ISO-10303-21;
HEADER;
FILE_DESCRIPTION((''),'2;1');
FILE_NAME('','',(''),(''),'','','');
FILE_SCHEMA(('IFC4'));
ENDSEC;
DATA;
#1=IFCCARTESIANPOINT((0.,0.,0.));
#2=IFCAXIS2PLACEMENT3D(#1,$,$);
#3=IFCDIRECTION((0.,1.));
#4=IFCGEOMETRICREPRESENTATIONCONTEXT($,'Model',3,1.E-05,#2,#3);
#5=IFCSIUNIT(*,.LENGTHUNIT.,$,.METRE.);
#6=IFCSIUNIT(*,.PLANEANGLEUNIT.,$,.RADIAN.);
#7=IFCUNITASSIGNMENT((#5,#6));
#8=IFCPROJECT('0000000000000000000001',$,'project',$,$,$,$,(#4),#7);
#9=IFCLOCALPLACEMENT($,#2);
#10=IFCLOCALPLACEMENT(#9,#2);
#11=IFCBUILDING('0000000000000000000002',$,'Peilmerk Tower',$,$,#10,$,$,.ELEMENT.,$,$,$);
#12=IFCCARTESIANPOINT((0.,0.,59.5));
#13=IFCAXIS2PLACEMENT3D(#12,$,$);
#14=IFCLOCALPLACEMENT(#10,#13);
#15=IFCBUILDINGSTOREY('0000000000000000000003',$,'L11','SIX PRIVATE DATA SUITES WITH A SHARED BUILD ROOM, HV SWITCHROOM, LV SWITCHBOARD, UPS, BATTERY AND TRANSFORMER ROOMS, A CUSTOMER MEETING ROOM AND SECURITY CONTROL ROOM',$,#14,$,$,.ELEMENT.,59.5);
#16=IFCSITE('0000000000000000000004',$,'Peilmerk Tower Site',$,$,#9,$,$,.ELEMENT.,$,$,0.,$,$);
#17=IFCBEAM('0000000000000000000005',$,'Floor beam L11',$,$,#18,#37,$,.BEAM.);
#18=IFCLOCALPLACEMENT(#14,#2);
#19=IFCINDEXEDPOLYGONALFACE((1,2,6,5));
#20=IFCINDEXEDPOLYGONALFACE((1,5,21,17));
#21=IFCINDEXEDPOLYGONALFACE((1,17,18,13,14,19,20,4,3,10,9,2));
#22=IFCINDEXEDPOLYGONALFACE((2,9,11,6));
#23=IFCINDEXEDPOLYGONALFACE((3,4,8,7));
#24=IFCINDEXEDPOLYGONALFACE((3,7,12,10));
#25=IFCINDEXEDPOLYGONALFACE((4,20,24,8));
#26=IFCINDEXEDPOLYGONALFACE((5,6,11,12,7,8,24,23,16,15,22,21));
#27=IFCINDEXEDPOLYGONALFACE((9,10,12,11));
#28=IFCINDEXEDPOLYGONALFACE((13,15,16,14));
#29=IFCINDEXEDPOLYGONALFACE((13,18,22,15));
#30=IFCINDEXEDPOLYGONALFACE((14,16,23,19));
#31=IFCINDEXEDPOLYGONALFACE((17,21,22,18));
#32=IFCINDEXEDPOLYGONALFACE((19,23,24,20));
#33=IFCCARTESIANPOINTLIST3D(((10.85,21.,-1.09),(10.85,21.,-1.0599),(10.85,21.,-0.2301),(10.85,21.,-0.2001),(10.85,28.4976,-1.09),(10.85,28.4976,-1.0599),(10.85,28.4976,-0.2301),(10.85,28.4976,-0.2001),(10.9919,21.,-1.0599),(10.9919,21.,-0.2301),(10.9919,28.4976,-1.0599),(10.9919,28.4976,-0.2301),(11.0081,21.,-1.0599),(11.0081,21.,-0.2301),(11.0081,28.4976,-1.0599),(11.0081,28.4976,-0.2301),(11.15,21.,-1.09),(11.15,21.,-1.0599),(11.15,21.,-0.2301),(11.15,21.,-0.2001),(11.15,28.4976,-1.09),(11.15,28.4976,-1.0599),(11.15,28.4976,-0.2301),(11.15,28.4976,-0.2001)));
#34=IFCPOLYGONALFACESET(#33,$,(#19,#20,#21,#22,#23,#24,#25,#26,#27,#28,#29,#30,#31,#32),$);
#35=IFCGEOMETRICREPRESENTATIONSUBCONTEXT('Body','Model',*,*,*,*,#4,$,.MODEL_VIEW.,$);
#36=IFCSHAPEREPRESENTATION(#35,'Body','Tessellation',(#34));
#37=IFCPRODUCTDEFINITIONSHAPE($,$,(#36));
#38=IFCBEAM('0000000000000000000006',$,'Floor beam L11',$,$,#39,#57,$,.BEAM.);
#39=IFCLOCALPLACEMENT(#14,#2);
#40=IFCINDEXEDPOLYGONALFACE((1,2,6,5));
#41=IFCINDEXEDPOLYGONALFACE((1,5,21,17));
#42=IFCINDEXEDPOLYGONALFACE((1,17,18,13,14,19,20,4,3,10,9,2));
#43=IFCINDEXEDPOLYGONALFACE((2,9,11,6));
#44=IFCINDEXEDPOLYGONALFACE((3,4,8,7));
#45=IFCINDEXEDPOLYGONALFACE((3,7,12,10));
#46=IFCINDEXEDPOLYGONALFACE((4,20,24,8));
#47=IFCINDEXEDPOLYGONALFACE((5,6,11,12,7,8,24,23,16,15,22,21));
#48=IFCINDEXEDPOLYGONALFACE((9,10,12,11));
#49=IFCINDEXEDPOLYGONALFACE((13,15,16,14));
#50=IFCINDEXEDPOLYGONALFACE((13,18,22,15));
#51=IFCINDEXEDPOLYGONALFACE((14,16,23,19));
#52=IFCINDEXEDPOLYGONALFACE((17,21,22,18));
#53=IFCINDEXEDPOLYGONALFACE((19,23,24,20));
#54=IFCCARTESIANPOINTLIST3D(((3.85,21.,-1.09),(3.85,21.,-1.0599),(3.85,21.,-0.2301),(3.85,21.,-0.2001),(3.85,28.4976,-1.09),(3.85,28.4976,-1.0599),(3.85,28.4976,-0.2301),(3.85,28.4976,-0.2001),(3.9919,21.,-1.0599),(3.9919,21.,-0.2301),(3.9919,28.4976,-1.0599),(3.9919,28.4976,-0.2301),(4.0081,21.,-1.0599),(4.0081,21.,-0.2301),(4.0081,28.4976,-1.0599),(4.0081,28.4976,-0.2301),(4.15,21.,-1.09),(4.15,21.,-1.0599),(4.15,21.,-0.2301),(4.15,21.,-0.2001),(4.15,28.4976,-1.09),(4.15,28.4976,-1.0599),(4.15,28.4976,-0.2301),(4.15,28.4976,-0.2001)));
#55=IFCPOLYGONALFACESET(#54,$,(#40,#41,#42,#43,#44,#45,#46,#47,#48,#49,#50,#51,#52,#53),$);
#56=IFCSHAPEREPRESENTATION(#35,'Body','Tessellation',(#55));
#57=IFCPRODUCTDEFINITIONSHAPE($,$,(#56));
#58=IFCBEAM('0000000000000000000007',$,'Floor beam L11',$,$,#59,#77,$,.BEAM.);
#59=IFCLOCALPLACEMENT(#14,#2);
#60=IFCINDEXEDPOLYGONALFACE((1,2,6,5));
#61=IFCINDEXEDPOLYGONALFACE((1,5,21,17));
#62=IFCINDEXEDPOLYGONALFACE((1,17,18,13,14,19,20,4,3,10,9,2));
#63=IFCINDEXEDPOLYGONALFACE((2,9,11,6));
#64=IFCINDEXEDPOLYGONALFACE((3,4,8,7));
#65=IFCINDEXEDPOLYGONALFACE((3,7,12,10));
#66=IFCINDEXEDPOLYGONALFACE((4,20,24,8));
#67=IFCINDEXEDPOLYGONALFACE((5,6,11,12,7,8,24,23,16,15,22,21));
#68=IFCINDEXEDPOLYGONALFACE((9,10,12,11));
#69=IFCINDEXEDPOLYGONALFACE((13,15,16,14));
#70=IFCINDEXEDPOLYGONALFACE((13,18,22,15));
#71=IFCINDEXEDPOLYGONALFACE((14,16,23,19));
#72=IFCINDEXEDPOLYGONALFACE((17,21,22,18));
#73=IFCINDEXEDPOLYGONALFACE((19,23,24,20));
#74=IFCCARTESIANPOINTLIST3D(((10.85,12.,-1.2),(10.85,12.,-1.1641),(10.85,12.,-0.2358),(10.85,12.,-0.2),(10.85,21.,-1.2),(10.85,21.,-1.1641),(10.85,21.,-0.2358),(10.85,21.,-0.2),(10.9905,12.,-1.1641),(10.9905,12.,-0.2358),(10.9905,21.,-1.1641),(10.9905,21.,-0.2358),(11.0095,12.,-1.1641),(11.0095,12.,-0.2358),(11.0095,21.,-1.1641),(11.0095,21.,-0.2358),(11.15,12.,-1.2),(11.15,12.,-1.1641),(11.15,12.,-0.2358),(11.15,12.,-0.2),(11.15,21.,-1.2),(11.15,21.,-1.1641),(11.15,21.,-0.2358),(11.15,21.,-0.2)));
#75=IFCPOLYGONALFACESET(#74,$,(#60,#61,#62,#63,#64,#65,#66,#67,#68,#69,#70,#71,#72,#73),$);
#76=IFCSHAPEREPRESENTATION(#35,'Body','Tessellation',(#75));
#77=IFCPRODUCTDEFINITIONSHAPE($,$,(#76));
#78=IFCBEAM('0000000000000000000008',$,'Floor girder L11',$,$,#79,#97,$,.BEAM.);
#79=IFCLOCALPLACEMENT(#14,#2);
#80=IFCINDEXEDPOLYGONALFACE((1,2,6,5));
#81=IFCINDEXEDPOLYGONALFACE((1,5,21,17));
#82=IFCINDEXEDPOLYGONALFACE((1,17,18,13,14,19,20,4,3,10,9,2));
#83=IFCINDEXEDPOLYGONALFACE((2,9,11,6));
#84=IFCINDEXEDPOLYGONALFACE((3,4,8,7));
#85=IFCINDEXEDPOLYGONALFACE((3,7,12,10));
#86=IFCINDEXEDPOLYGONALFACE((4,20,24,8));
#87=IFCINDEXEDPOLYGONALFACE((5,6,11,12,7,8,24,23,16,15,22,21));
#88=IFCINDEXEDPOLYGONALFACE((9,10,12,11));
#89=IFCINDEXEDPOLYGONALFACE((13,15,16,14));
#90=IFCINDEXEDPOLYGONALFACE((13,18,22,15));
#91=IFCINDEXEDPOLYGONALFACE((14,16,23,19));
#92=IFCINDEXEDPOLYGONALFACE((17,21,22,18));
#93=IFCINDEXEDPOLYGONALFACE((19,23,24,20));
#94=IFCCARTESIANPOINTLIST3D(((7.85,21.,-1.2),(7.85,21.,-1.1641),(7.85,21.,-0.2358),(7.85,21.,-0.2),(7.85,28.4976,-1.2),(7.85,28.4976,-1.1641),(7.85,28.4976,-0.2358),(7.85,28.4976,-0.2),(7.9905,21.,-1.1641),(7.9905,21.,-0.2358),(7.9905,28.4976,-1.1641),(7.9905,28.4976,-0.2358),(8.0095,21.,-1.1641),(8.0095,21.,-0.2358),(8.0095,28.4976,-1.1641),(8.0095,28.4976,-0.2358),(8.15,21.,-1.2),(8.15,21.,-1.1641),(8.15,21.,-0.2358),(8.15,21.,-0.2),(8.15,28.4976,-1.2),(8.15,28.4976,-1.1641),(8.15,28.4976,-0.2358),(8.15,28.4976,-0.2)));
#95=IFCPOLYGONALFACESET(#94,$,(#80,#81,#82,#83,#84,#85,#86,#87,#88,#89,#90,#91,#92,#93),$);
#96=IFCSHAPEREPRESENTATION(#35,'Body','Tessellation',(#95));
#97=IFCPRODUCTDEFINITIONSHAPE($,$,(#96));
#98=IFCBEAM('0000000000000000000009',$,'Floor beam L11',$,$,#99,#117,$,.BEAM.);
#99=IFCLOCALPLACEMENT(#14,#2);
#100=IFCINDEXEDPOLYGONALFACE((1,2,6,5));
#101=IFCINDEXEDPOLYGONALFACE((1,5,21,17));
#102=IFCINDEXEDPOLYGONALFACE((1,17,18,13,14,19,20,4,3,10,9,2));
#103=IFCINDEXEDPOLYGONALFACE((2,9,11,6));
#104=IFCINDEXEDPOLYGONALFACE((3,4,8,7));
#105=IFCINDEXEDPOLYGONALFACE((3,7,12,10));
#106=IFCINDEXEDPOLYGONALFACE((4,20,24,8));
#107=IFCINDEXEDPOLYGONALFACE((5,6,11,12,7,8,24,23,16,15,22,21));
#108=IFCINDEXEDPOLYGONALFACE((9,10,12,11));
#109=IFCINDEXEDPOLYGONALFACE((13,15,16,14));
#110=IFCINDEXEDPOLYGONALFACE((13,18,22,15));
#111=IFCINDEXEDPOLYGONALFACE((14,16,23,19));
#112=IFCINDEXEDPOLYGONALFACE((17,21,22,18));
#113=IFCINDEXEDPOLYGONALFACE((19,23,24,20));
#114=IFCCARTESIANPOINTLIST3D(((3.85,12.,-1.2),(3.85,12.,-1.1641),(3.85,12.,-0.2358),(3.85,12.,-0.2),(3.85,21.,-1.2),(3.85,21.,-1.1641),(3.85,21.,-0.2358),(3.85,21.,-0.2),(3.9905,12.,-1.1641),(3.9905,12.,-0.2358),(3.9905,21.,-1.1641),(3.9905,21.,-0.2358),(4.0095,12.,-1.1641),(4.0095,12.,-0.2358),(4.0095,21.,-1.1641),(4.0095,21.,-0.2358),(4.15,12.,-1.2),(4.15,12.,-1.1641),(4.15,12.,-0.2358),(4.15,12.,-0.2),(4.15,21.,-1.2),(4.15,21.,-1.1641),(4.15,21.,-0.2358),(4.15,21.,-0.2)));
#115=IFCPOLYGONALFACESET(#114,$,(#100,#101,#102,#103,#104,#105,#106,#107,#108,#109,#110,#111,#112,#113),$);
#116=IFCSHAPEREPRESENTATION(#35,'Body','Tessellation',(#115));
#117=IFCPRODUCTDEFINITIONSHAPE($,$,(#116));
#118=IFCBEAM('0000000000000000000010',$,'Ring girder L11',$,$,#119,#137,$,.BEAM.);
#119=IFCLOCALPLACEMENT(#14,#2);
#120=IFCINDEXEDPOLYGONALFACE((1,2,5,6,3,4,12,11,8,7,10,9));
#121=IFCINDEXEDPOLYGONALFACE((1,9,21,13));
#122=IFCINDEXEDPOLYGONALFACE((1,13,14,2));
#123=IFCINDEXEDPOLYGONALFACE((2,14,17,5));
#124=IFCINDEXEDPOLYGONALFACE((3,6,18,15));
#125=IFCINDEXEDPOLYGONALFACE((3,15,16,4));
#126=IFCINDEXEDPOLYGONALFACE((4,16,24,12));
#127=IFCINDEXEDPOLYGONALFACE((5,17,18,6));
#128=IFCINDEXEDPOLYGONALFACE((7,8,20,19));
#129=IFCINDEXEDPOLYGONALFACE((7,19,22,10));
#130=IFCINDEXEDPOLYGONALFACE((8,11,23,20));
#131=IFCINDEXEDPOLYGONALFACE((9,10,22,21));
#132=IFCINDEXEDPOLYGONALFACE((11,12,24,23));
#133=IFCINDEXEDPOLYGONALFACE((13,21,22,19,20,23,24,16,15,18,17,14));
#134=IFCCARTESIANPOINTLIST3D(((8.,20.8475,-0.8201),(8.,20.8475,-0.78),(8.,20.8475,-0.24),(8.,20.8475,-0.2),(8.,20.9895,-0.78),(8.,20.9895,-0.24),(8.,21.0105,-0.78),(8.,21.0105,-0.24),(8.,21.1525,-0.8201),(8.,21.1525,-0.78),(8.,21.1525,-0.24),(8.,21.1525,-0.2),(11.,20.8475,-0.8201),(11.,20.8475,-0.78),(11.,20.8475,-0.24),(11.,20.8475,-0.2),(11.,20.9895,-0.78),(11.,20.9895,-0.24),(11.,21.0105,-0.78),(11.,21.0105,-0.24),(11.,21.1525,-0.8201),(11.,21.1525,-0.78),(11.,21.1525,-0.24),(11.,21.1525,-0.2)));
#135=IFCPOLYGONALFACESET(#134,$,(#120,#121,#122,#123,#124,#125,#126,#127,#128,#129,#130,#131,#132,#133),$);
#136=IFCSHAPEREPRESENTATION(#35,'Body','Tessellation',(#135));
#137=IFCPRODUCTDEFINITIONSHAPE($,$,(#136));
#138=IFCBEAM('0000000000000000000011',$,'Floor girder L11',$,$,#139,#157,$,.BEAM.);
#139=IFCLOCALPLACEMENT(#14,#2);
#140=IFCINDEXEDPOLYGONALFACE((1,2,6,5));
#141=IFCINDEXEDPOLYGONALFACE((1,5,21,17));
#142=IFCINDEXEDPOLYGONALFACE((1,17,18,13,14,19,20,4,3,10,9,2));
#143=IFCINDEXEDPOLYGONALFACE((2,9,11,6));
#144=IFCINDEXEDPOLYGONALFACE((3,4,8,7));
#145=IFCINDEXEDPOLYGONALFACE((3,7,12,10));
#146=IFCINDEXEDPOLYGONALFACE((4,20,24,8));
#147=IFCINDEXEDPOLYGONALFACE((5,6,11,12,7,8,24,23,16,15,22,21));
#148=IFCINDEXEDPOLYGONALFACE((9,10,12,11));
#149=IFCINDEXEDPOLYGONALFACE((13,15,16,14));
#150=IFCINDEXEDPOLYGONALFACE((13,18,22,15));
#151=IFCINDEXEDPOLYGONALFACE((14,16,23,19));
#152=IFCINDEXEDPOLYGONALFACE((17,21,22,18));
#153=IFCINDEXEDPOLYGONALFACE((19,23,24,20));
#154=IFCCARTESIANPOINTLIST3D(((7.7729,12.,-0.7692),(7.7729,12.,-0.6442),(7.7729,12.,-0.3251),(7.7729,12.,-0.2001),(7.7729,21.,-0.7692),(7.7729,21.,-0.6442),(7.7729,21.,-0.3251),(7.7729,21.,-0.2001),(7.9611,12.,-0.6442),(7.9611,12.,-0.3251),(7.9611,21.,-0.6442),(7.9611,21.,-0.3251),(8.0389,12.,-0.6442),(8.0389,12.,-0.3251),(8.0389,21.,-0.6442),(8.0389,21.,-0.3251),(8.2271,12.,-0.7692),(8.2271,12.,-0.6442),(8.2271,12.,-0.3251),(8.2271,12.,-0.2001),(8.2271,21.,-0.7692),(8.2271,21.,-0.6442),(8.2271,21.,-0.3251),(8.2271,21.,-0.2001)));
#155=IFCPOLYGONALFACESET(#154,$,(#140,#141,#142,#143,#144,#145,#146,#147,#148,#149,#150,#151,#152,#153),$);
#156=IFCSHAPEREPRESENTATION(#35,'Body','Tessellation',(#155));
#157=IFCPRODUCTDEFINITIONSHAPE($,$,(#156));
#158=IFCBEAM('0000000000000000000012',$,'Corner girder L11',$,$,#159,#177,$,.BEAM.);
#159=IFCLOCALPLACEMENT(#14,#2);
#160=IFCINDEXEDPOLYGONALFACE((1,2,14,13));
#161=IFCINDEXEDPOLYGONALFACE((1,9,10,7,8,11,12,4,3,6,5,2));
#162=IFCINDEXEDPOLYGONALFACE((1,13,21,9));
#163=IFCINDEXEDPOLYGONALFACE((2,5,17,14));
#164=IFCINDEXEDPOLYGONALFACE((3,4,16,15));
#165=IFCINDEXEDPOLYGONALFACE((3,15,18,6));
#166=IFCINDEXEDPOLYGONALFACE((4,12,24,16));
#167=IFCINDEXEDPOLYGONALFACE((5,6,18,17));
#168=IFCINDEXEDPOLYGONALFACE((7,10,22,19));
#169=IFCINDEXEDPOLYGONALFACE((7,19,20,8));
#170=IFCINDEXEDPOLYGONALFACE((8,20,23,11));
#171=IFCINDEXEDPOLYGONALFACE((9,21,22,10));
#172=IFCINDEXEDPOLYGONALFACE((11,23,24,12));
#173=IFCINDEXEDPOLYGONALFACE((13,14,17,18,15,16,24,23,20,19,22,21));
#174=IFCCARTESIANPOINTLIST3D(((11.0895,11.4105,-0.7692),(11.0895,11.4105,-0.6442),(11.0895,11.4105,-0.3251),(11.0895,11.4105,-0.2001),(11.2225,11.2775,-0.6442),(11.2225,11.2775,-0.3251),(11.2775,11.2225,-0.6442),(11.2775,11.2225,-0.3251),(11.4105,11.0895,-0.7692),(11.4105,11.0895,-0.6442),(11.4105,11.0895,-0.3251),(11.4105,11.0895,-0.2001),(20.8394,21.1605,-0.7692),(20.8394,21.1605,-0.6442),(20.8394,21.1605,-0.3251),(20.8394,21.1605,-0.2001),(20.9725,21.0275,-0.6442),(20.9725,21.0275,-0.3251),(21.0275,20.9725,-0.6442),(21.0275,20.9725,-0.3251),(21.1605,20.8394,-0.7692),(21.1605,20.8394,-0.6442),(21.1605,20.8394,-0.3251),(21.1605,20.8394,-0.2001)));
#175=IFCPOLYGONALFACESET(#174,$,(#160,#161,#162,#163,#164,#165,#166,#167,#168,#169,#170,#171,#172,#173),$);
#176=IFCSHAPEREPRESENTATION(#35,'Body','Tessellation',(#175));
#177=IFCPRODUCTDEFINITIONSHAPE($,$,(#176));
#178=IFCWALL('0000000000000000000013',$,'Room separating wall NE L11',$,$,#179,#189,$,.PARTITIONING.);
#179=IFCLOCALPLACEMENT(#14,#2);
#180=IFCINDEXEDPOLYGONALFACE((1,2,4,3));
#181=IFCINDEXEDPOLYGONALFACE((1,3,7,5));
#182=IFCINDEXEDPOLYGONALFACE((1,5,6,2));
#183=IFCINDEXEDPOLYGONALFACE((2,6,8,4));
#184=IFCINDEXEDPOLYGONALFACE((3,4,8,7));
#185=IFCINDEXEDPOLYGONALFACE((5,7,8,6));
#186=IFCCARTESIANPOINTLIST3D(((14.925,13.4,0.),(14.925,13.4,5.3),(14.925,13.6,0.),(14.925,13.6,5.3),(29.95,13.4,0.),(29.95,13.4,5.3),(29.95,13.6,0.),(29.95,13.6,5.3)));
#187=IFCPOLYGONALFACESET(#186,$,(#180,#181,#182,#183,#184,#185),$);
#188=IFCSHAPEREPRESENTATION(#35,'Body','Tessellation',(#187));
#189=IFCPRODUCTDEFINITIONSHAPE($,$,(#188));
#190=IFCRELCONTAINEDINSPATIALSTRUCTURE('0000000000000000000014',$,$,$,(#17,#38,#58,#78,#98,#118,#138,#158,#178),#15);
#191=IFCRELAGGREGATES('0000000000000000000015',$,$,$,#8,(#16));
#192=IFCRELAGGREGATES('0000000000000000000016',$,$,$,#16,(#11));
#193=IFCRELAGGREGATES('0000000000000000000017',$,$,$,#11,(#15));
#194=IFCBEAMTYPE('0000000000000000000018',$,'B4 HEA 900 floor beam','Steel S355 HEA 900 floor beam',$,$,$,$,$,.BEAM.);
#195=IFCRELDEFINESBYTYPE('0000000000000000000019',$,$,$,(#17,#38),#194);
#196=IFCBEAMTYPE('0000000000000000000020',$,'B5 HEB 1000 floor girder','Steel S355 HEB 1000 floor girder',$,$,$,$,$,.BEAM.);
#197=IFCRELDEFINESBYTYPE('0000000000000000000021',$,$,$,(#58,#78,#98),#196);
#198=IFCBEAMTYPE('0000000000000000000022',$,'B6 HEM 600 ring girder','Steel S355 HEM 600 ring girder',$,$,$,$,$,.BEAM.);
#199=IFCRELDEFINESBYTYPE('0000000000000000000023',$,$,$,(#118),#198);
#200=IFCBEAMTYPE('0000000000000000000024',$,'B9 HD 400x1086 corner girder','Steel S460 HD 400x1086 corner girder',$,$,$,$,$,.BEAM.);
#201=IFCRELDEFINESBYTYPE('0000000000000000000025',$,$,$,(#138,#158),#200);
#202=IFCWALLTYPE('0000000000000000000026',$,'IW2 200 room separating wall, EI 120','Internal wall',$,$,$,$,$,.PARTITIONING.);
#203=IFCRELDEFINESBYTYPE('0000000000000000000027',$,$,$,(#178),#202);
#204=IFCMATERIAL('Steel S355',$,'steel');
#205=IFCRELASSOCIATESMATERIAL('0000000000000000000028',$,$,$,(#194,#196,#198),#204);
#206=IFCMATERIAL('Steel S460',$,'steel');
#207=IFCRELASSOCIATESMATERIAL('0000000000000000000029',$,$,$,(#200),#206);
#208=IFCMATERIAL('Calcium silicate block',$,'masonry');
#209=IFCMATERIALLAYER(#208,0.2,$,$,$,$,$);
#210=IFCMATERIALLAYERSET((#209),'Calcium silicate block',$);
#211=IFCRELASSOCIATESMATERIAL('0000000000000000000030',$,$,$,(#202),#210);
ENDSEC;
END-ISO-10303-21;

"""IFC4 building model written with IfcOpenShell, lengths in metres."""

from ifc_helpers import new_model, si_unit, direction, frame, frame_2d, origin, origin_2d, place, context, subcontext, project, spatial, rectangle, i_section, extrude, material, layer, layer_set, material_profile, profile_set, type_object, element, save


model = new_model("IFC4")

# Units and contexts
model_context = context("Model", 3, precision=1e-05, world=origin(), true_north=direction((0.0, 1.0)))
body_context = subcontext(model_context, "Body", "Model", "MODEL_VIEW")
ifc_project = project(units=[si_unit("LENGTHUNIT", "METRE"), si_unit("PLANEANGLEUNIT", "RADIAN")], contexts=[model_context])

# Site, building, storey
site_placement = place(None, origin())
site = spatial("IfcSite", under=ifc_project, at=site_placement, Name="Peilmerk Tower Site", CompositionType="ELEMENT", RefElevation=0.0)
building_placement = place(site_placement, origin())
building = spatial("IfcBuilding", under=site, at=building_placement, Name="Peilmerk Tower", CompositionType="ELEMENT")
storey_placement = place(building_placement, frame((0.0, 0.0, 59.5)))
storey = spatial("IfcBuildingStorey", under=building, at=storey_placement, Name="L11", Description="SIX PRIVATE DATA SUITES WITH A SHARED BUILD ROOM, HV SWITCHROOM, LV SWITCHBOARD, UPS, BATTERY AND TRANSFORMER ROOMS, A CUSTOMER MEETING ROOM AND SECURITY CONTROL ROOM", CompositionType="ELEMENT", Elevation=59.5)

# Beams
ifc_material_1 = material(Name="Steel S355", Category="steel")
ifc_material_profile_1 = material_profile(ifc_material_1, i_section(OverallWidth=0.3, OverallDepth=0.8899, WebThickness=0.0161, FlangeThickness=0.03, at=origin_2d()), Name="HEA 900")
ifc_profile_set_1 = profile_set([ifc_material_profile_1], Name="Steel S355")
beam_type_1 = type_object("IfcBeamType", Name="B4 HEA 900 floor beam", Description="Steel S355 HEA 900 floor beam", PredefinedType="BEAM", material=ifc_profile_set_1)
for number, where, z_axis, x_axis, name in (
    (1, (11.0, 21.0, -0.645), (0.0, 1.0, 0.0), (-1.0, 0.0, 0.0), "Floor beam L11"),
    (2, (4.0, 21.0, -0.645), (0.0, 1.0, 0.0), (-1.0, 0.0, 0.0), "Floor beam L11"),
):
    element("IfcBeam", number, at=place(storey_placement, frame(where, z_axis=z_axis, x_axis=x_axis)), inside=storey, type_object=beam_type_1, Name=name, PredefinedType="BEAM", context=body_context, shape_type="SweptSolid", body=[
        extrude(i_section(OverallWidth=0.3, OverallDepth=0.8899, WebThickness=0.0161, FlangeThickness=0.03, at=origin_2d()), origin(), (0.0, 0.0, 1.0), 7.4976),
    ])
ifc_material_profile_2 = material_profile(ifc_material_1, i_section(OverallWidth=0.3, OverallDepth=1.0, WebThickness=0.019, FlangeThickness=0.0359, at=origin_2d()), Name="HEB 1000")
ifc_profile_set_2 = profile_set([ifc_material_profile_2], Name="Steel S355")
beam_type_2 = type_object("IfcBeamType", Name="B5 HEB 1000 floor girder", Description="Steel S355 HEB 1000 floor girder", PredefinedType="BEAM", material=ifc_profile_set_2)
beam_1_placement = place(storey_placement, frame((11.0, 12.0, -0.7), z_axis=(0.0, 1.0, 0.0), x_axis=(-1.0, 0.0, 0.0)))
element("IfcBeam", 3, at=beam_1_placement, inside=storey, type_object=beam_type_2, Name="Floor beam L11", PredefinedType="BEAM", context=body_context, shape_type="SweptSolid", body=[
    extrude(i_section(OverallWidth=0.3, OverallDepth=1.0, WebThickness=0.019, FlangeThickness=0.0359, at=origin_2d()), origin(), (0.0, 0.0, 1.0), 9.0),
])
beam_2_placement = place(storey_placement, frame((8.0, 21.0, -0.7), z_axis=(0.0, 1.0, 0.0), x_axis=(-1.0, 0.0, 0.0)))
element("IfcBeam", 4, at=beam_2_placement, inside=storey, type_object=beam_type_2, Name="Floor girder L11", PredefinedType="BEAM", context=body_context, shape_type="SweptSolid", body=[
    extrude(i_section(OverallWidth=0.3, OverallDepth=1.0, WebThickness=0.019, FlangeThickness=0.0359, at=origin_2d()), origin(), (0.0, 0.0, 1.0), 7.4976),
])
beam_3_placement = place(storey_placement, frame((4.0, 12.0, -0.7), z_axis=(0.0, 1.0, 0.0), x_axis=(-1.0, 0.0, 0.0)))
element("IfcBeam", 5, at=beam_3_placement, inside=storey, type_object=beam_type_2, Name="Floor beam L11", PredefinedType="BEAM", context=body_context, shape_type="SweptSolid", body=[
    extrude(i_section(OverallWidth=0.3, OverallDepth=1.0, WebThickness=0.019, FlangeThickness=0.0359, at=origin_2d()), origin(), (0.0, 0.0, 1.0), 9.0),
])
ifc_material_profile_3 = material_profile(ifc_material_1, i_section(OverallWidth=0.3049, OverallDepth=0.6201, WebThickness=0.021, FlangeThickness=0.04, at=origin_2d()), Name="HEM 600")
ifc_profile_set_3 = profile_set([ifc_material_profile_3], Name="Steel S355")
beam_type_3 = type_object("IfcBeamType", Name="B6 HEM 600 ring girder", Description="Steel S355 HEM 600 ring girder", PredefinedType="BEAM", material=ifc_profile_set_3)
beam_4_placement = place(storey_placement, frame((11.0, 21.0, -0.51), z_axis=(-1.0, 0.0, 0.0), x_axis=(0.0, -1.0, 0.0)))
element("IfcBeam", 6, at=beam_4_placement, inside=storey, type_object=beam_type_3, Name="Ring girder L11", PredefinedType="BEAM", context=body_context, shape_type="SweptSolid", body=[
    extrude(i_section(OverallWidth=0.3049, OverallDepth=0.6201, WebThickness=0.021, FlangeThickness=0.04, at=origin_2d()), origin(), (0.0, 0.0, 1.0), 3.0),
])
ifc_material_2 = material(Name="Steel S460", Category="steel")
ifc_material_profile_4 = material_profile(ifc_material_2, i_section(OverallWidth=0.4541, OverallDepth=0.5691, WebThickness=0.0779, FlangeThickness=0.125, at=origin_2d()), Name="HD 400x1086")
ifc_profile_set_4 = profile_set([ifc_material_profile_4], Name="Steel S460")
beam_type_4 = type_object("IfcBeamType", Name="B9 HD 400x1086 corner girder", Description="Steel S460 HD 400x1086 corner girder", PredefinedType="BEAM", material=ifc_profile_set_4)
beam_5_placement = place(storey_placement, frame((8.0, 12.0, -0.4846), z_axis=(0.0, 1.0, 0.0), x_axis=(-1.0, 0.0, 0.0)))
element("IfcBeam", 7, at=beam_5_placement, inside=storey, type_object=beam_type_4, Name="Floor girder L11", PredefinedType="BEAM", context=body_context, shape_type="SweptSolid", body=[
    extrude(i_section(OverallWidth=0.4541, OverallDepth=0.5691, WebThickness=0.0779, FlangeThickness=0.125, at=origin_2d()), origin(), (0.0, 0.0, 1.0), 9.0),
])
beam_6_placement = place(storey_placement, frame((11.25, 11.25, -0.4846), z_axis=(0.707107, 0.707107, 0.0), x_axis=(-0.707107, 0.707107, 0.0)))
element("IfcBeam", 8, at=beam_6_placement, inside=storey, type_object=beam_type_4, Name="Corner girder L11", PredefinedType="BEAM", context=body_context, shape_type="SweptSolid", body=[
    extrude(i_section(OverallWidth=0.4541, OverallDepth=0.5691, WebThickness=0.0779, FlangeThickness=0.125, at=origin_2d()), origin(), (0.0, 0.0, 1.0), 13.7886),
])

# Wall
ifc_material_3 = material(Name="Calcium silicate block", Category="masonry")
ifc_layer = layer(ifc_material_3, 0.2)
ifc_layer_set = layer_set([ifc_layer], Name="Calcium silicate block")
wall_type = type_object("IfcWallType", Name="IW2 200 room separating wall, EI 120", Description="Internal wall", PredefinedType="PARTITIONING", material=ifc_layer_set)
wall_1_placement = place(storey_placement, frame((14.925, 13.5, 0.0), z_axis=(0.0, 0.0, 1.0), x_axis=(1.0, 0.0, 0.0)))
element("IfcWall", 9, at=wall_1_placement, inside=storey, type_object=wall_type, Name="Room separating wall NE L11", PredefinedType="PARTITIONING", context=body_context, shape_type="SweptSolid", body=[
    extrude(rectangle(XDim=15.0249, YDim=0.2, at=frame_2d((7.5125, 0.0))), origin(), (0.0, 0.0, 1.0), 5.3),
])

save(model, "model.ifc")
